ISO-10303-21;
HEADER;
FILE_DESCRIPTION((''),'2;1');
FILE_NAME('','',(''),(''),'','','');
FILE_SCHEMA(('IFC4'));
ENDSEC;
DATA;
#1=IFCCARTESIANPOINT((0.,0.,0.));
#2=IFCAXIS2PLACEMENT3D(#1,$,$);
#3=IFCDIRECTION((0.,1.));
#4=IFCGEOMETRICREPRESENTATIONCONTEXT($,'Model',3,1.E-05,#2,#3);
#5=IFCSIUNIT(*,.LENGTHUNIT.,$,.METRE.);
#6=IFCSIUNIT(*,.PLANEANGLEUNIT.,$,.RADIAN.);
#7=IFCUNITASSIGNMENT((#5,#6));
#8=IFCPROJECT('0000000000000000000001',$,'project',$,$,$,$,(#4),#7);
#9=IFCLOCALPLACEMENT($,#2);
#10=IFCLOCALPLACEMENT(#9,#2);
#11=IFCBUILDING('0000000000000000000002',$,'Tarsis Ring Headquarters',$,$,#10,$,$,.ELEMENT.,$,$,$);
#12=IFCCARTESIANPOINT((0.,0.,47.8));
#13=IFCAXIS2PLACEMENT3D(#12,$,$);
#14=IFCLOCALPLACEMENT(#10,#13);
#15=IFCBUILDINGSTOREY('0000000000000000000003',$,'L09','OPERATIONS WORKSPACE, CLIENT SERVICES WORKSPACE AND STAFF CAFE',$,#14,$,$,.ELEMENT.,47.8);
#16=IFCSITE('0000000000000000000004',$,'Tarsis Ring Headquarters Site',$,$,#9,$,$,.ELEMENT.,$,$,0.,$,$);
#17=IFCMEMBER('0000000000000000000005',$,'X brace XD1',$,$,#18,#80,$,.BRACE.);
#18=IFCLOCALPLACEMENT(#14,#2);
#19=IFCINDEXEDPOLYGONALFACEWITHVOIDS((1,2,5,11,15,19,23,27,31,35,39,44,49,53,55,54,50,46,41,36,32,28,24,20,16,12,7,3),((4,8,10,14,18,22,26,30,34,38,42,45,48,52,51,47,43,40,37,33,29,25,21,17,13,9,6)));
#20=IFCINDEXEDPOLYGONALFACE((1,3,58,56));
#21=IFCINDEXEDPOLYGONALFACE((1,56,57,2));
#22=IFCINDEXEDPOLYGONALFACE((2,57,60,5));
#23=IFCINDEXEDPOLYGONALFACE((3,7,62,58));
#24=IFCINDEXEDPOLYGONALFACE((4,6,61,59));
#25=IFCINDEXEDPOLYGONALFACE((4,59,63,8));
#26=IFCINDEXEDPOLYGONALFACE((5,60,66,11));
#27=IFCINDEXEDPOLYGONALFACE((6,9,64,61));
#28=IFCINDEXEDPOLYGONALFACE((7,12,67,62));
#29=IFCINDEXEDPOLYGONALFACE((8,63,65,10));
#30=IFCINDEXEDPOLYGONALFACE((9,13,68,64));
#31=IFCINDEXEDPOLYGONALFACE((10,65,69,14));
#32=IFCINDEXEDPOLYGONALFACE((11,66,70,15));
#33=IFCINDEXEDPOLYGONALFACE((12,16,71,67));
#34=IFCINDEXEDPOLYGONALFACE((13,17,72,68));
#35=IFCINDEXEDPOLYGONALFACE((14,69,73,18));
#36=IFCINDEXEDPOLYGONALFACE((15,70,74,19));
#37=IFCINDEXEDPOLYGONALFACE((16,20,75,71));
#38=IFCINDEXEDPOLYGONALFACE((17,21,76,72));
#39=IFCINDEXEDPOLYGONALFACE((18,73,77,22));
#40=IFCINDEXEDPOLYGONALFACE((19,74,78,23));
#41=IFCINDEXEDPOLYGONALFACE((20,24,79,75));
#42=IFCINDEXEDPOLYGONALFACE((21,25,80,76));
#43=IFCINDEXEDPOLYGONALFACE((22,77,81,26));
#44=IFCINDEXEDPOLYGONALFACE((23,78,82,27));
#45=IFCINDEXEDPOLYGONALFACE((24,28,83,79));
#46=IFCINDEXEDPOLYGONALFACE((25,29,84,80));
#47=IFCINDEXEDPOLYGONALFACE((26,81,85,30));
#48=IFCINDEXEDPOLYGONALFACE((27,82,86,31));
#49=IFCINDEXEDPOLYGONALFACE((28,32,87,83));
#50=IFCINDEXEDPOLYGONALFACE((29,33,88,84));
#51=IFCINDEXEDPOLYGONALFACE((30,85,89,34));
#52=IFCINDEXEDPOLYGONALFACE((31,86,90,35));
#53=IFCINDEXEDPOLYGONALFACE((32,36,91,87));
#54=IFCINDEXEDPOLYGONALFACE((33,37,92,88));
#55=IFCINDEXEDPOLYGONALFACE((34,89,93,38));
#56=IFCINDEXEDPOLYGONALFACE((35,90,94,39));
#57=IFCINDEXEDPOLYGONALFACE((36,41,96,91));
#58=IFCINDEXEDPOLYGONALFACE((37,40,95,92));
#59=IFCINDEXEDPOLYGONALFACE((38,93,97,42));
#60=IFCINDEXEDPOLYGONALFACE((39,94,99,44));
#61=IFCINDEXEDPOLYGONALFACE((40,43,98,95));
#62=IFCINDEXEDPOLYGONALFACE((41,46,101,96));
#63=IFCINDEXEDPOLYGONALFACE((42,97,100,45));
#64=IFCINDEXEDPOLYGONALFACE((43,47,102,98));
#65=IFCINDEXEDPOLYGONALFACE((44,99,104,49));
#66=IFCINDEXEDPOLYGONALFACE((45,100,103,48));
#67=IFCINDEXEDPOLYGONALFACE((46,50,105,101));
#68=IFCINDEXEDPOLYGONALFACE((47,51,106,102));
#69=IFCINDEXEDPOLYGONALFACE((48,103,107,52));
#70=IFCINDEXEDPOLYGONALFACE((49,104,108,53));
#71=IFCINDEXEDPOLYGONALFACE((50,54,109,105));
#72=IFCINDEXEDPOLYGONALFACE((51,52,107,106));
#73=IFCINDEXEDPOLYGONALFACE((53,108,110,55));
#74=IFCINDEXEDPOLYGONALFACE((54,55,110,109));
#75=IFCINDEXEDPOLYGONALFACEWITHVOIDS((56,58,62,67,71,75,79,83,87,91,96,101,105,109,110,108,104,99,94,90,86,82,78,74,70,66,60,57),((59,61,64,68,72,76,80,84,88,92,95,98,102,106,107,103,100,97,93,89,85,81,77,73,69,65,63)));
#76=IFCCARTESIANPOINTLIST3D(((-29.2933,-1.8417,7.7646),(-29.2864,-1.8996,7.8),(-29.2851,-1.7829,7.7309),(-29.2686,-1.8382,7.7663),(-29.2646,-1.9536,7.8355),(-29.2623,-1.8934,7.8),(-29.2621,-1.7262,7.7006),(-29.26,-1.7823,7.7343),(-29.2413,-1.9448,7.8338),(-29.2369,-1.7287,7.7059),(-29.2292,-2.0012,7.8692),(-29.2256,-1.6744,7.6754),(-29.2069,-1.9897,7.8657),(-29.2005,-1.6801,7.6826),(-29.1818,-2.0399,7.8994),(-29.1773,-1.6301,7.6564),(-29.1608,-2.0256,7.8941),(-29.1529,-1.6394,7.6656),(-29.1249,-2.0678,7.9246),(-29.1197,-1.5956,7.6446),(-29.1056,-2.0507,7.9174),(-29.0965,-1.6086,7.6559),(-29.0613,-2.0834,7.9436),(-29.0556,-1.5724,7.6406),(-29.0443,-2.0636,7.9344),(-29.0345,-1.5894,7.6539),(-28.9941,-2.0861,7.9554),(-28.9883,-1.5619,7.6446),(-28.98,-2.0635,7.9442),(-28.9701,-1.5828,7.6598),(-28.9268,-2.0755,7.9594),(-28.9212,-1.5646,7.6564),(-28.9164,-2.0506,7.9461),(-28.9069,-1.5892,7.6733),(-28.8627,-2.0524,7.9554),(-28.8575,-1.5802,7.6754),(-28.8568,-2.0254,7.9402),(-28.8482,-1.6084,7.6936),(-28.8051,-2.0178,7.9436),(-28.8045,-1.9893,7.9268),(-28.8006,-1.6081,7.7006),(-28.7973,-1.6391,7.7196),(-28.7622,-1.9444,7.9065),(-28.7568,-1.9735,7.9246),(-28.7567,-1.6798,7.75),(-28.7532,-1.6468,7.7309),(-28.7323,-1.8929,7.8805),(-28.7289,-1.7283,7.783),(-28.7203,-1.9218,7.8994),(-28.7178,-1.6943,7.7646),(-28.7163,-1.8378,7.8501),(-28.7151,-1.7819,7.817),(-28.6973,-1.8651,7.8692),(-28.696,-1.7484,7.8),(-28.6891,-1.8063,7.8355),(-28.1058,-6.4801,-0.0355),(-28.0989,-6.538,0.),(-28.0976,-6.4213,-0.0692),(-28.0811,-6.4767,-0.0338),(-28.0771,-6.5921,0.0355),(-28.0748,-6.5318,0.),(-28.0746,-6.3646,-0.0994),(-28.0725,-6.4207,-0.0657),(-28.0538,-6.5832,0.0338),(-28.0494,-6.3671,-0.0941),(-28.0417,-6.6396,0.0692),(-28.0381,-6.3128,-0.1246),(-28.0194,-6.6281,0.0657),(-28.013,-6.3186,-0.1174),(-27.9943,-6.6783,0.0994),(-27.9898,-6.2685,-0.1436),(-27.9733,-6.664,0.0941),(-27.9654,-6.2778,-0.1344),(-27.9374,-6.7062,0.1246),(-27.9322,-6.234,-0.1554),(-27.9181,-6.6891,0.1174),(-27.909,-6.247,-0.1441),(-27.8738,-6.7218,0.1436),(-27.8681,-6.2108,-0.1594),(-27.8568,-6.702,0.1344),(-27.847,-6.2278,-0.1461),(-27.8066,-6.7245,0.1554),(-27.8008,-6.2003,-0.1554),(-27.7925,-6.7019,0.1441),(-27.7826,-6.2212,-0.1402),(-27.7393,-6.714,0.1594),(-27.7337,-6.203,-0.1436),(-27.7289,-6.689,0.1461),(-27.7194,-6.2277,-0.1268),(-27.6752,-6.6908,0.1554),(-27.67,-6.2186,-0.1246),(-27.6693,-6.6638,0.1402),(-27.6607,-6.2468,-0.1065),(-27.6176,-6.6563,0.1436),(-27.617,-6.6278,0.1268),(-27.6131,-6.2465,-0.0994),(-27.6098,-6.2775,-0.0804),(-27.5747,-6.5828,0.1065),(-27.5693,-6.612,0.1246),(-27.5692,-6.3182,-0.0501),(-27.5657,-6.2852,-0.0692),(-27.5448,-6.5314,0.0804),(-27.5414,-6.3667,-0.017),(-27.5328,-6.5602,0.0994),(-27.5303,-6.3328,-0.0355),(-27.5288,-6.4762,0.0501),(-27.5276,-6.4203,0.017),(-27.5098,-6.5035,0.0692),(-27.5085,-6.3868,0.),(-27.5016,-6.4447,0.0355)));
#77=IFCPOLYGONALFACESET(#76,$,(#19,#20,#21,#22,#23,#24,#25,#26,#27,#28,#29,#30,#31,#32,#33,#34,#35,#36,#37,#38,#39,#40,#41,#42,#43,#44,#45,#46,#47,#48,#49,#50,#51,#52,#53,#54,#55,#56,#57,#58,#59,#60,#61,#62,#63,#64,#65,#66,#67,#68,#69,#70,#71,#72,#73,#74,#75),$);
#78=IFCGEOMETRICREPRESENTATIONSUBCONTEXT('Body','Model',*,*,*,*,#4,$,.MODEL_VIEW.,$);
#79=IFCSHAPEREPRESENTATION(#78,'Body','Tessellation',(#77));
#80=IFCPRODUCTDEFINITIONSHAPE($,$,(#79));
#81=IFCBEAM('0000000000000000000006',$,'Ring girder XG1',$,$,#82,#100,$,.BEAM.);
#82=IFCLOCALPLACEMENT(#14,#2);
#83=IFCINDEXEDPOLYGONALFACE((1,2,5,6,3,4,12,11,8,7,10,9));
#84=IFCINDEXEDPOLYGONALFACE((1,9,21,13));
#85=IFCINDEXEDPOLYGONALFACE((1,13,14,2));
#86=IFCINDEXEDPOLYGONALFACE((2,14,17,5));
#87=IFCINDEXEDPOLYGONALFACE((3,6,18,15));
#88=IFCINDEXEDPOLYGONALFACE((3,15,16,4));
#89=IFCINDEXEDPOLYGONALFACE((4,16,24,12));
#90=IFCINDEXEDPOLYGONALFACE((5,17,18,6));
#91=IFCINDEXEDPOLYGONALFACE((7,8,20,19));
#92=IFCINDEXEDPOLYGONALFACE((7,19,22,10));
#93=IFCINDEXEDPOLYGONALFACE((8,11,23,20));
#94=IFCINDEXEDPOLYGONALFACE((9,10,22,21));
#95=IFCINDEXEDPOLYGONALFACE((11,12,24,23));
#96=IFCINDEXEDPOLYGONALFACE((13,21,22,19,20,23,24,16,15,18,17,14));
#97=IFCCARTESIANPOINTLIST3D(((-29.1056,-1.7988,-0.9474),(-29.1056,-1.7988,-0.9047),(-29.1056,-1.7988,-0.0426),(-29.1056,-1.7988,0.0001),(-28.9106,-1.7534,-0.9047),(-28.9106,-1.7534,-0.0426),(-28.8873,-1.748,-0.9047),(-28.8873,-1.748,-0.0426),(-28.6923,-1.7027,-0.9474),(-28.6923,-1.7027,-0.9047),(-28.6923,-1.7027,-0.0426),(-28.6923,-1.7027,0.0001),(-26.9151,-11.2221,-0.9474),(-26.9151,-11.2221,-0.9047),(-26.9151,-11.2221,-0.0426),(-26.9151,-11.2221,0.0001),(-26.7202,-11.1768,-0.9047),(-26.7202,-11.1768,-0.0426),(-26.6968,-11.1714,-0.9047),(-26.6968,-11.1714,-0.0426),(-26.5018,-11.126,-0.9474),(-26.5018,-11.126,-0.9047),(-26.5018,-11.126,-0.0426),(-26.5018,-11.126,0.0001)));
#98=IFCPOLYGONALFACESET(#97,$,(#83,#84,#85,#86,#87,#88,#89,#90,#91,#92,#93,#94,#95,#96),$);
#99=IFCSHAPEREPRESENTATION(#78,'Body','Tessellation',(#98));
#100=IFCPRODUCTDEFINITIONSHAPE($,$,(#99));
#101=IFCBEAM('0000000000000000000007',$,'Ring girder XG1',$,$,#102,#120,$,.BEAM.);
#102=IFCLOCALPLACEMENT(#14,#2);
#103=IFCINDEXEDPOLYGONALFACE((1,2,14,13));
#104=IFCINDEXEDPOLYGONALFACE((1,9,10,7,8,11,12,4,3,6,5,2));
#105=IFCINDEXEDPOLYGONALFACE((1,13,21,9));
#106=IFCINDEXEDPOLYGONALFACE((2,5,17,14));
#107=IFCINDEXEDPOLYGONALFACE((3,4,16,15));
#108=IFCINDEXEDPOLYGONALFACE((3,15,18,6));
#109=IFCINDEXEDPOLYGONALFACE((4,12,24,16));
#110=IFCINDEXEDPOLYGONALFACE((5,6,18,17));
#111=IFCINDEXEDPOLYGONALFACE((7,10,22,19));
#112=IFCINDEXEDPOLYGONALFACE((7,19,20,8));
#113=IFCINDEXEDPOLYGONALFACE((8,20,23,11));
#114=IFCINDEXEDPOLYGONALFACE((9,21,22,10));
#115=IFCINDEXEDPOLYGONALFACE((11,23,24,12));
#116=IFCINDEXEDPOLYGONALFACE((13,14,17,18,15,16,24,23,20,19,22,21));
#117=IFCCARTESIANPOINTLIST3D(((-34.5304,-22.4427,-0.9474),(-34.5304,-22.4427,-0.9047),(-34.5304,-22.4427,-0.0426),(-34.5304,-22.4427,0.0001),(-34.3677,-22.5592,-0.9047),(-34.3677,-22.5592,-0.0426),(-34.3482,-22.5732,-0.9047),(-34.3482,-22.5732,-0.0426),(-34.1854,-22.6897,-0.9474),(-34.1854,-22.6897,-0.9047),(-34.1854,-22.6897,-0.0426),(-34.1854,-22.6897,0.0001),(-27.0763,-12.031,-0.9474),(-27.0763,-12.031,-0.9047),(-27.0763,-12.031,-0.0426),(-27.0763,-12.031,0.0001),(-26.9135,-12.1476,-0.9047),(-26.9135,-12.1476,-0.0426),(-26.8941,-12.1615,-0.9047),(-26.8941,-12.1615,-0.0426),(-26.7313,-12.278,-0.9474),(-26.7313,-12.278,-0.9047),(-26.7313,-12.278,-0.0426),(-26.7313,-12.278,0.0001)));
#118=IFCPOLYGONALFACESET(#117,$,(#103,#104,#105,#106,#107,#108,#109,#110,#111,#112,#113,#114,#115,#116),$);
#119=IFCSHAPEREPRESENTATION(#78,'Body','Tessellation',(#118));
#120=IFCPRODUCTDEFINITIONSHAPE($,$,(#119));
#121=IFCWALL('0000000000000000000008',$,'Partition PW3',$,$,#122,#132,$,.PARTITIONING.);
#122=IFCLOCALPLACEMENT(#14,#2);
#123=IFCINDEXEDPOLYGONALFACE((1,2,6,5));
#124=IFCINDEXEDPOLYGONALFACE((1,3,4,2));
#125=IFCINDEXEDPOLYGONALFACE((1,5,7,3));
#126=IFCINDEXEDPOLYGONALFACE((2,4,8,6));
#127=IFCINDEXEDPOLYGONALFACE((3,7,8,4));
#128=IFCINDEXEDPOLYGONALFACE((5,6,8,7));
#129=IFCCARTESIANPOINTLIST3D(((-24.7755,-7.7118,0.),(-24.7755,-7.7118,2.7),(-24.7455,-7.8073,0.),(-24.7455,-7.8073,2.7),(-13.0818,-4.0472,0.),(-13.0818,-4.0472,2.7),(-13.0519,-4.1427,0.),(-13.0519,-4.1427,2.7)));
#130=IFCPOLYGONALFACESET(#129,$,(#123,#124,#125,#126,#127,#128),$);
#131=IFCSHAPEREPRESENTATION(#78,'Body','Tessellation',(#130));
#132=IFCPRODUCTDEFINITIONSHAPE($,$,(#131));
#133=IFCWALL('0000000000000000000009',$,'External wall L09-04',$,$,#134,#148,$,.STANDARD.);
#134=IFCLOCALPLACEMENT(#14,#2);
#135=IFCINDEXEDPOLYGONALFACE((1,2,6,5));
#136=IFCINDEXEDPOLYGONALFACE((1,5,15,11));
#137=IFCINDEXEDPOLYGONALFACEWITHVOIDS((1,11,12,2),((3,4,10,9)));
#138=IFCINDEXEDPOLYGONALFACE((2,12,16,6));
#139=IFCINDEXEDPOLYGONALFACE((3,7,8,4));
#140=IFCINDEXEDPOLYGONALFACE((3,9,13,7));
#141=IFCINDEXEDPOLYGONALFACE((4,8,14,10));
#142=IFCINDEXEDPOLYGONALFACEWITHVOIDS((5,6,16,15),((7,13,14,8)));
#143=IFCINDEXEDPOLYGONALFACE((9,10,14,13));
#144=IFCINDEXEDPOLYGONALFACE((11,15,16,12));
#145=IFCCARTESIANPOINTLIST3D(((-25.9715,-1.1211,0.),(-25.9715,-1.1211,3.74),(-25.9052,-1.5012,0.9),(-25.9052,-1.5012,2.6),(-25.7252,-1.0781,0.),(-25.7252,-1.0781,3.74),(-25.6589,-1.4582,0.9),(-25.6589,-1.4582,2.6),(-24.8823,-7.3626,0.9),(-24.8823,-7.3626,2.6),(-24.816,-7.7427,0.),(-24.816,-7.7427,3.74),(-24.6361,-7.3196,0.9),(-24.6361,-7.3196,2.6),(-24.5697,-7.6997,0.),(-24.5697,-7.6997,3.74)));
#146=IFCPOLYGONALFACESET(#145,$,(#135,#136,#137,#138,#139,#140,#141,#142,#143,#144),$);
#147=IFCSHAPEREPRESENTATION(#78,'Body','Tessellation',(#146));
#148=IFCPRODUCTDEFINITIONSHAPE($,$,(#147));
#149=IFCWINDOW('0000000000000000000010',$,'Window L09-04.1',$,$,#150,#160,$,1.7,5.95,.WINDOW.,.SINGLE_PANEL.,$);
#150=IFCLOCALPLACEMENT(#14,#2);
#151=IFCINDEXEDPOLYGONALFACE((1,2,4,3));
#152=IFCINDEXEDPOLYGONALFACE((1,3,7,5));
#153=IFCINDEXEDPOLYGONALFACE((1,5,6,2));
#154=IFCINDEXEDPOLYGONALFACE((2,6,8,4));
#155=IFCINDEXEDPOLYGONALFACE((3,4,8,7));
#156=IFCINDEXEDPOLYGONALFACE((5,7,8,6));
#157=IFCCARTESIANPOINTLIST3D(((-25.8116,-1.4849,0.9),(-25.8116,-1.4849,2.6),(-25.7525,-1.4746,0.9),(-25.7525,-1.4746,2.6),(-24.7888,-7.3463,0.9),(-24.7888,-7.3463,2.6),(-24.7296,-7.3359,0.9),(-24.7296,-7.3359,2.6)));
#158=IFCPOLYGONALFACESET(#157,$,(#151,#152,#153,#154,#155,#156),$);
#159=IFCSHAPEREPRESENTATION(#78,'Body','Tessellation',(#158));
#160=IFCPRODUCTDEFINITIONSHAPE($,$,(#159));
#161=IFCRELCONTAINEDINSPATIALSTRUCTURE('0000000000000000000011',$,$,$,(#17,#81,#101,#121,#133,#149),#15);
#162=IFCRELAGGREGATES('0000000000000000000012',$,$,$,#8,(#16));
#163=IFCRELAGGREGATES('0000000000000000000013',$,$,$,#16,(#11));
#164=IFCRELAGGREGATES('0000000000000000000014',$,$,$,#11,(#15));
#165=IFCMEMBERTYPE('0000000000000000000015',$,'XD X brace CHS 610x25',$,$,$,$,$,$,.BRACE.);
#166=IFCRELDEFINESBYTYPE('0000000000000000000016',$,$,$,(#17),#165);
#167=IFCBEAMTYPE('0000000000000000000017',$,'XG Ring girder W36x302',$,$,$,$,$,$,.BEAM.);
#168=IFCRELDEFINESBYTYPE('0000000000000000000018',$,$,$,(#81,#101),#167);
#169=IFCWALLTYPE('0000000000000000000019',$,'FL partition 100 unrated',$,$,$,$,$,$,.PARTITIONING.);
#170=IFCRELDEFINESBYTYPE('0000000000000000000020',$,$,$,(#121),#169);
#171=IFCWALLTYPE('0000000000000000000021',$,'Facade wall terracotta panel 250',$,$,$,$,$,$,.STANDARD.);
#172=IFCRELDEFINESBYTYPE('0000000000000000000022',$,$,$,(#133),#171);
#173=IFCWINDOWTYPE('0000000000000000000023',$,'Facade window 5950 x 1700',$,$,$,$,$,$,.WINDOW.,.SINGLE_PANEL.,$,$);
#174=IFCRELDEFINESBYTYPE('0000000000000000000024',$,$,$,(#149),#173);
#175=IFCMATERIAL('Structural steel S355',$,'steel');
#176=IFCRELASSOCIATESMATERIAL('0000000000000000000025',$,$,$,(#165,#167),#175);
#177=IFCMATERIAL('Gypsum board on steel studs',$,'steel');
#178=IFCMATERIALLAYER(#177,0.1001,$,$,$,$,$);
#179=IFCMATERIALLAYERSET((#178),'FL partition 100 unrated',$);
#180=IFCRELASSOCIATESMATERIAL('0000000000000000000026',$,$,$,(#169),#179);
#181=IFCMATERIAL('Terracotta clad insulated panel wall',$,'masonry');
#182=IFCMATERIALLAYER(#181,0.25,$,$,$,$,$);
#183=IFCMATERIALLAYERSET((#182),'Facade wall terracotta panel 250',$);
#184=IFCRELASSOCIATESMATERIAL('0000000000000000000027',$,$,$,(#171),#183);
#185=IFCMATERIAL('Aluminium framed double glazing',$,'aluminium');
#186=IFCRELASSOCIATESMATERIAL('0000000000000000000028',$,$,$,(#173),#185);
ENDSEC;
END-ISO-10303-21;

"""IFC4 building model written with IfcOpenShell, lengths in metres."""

from ifc_helpers import new_model, si_unit, direction, frame, frame_2d, origin, origin_2d, place, context, subcontext, project, spatial, rectangle, hollow_circle, i_section, extrude, material, layer, layer_set, material_profile, profile_set, type_object, element, fill, save


model = new_model("IFC4")

# Units and contexts
model_context = context("Model", 3, precision=1e-05, world=origin(), true_north=direction((0.0, 1.0)))
body_context = subcontext(model_context, "Body", "Model", "MODEL_VIEW")
ifc_project = project(units=[si_unit("LENGTHUNIT", "METRE"), si_unit("PLANEANGLEUNIT", "RADIAN")], contexts=[model_context])

# Site, building, storey
site_placement = place(None, origin())
site = spatial("IfcSite", under=ifc_project, at=site_placement, Name="Tarsis Ring Headquarters Site", CompositionType="ELEMENT", RefElevation=0.0)
building_placement = place(site_placement, origin())
building = spatial("IfcBuilding", under=site, at=building_placement, Name="Tarsis Ring Headquarters", CompositionType="ELEMENT")
storey_placement = place(building_placement, frame((0.0, 0.0, 47.8)))
storey = spatial("IfcBuildingStorey", under=building, at=storey_placement, Name="L09", Description="OPERATIONS WORKSPACE, CLIENT SERVICES WORKSPACE AND STAFF CAFE", CompositionType="ELEMENT", Elevation=47.8)

# Shared definitions
ifc_material_1 = material(Name="Structural steel S355", Category="steel")
ifc_material_profile_1 = material_profile(ifc_material_1, i_section(OverallWidth=0.4243, OverallDepth=0.9475, WebThickness=0.0239, FlangeThickness=0.0427, at=origin_2d()), Name="W36x302")
ifc_profile_set_1 = profile_set([ifc_material_profile_1], Name="Structural steel S355")

# Member
ifc_material_profile_2 = material_profile(ifc_material_1, hollow_circle(Radius=0.3047, WallThickness=0.0249, at=origin_2d()), Name="CHS 610x25")
ifc_profile_set_2 = profile_set([ifc_material_profile_2], Name="Structural steel S355")
member_type = type_object("IfcMemberType", Name="XD X brace CHS 610x25", PredefinedType="BRACE", material=ifc_profile_set_2)
member_1_placement = place(storey_placement, frame((-27.8037, -6.4624, 0.0), z_axis=(-0.129748, 0.506801, 0.852243), x_axis=(-0.968756, -0.248015, 0.0)))
element("IfcMember", 1, at=member_1_placement, inside=storey, type_object=member_type, Name="X brace XD1", PredefinedType="BRACE", context=body_context, shape_type="SweptSolid", body=[
    extrude(hollow_circle(Radius=0.3047, WallThickness=0.0249, at=origin_2d()), origin(), (0.0, 0.0, 1.0), 9.1523),
])

# Beams
beam_type_1 = type_object("IfcBeamType", Name="XG Ring girder W36x302", PredefinedType="BEAM", material=ifc_profile_set_1)
beam_1_placement = place(storey_placement, frame((-28.8989, -1.7507, -0.4736), z_axis=(0.226411, -0.974032, 0.0), x_axis=(0.974032, 0.226411, 0.0)))
element("IfcBeam", 2, at=beam_1_placement, inside=storey, type_object=beam_type_1, Name="Ring girder XG1", PredefinedType="BEAM", context=body_context, shape_type="SweptSolid", body=[
    extrude(i_section(OverallWidth=0.4243, OverallDepth=0.9475, WebThickness=0.0239, FlangeThickness=0.0427, at=origin_2d()), origin(), (0.0, 0.0, 1.0), 9.6746),
])
beam_2_placement = place(storey_placement, frame((-26.9038, -12.1545, -0.4736), z_axis=(-0.582129, -0.813097, 0.0), x_axis=(0.813097, -0.582129, 0.0)))
element("IfcBeam", 3, at=beam_2_placement, inside=storey, type_object=beam_type_1, Name="Ring girder XG1", PredefinedType="BEAM", context=body_context, shape_type="SweptSolid", body=[
    extrude(i_section(OverallWidth=0.4243, OverallDepth=0.9475, WebThickness=0.0239, FlangeThickness=0.0427, at=origin_2d()), origin(), (0.0, 0.0, 1.0), 12.8049),
])

# Wall
ifc_material_2 = material(Name="Gypsum board on steel studs", Category="steel")
ifc_layer_1 = layer(ifc_material_2, 0.1001)
ifc_layer_set_1 = layer_set([ifc_layer_1], Name="FL partition 100 unrated")
wall_type_1 = type_object("IfcWallType", Name="FL partition 100 unrated", PredefinedType="PARTITIONING", material=ifc_layer_set_1)
wall_1_placement = place(storey_placement, frame((-24.7605, -7.7595, 0.0), z_axis=(0.0, 0.0, 1.0), x_axis=(0.95424, 0.299041, 0.0)))
element("IfcWall", 4, at=wall_1_placement, inside=storey, type_object=wall_type_1, Name="Partition PW3", PredefinedType="PARTITIONING", context=body_context, shape_type="SweptSolid", body=[
    extrude(rectangle(XDim=12.2544, YDim=0.1001, at=frame_2d((6.1272, 0.0))), origin(), (0.0, 0.0, 1.0), 2.7),
])

# Wall, opening, window
ifc_material_3 = material(Name="Terracotta clad insulated panel wall", Category="masonry")
ifc_layer_2 = layer(ifc_material_3, 0.25)
ifc_layer_set_2 = layer_set([ifc_layer_2], Name="Facade wall terracotta panel 250")
wall_type_2 = type_object("IfcWallType", Name="Facade wall terracotta panel 250", PredefinedType="STANDARD", material=ifc_layer_set_2)
wall_2_placement = place(storey_placement, frame((-25.8484, -1.0996, 0.0), z_axis=(0.0, 0.0, 1.0), x_axis=(0.17191, -0.985113, 0.0)))
wall_2 = element("IfcWall", 5, at=wall_2_placement, inside=storey, type_object=wall_type_2, Name="External wall L09-04", PredefinedType="STANDARD", context=body_context, shape_type="SweptSolid", body=[
    extrude(rectangle(XDim=6.7217, YDim=0.25, at=frame_2d((3.3608, 0.0))), origin(), (0.0, 0.0, 1.0), 3.74),
])
opening_1_placement = place(wall_2_placement, frame((0.3857, 0.0, 0.8999)))
opening_1 = element("IfcOpeningElement", 6, at=opening_1_placement, cuts=wall_2, PredefinedType="OPENING", context=body_context, shape_type="SweptSolid", body=[
    extrude(rectangle(XDim=5.95, YDim=1.7, at=frame_2d((2.9751, 0.8501))), frame((0.0, 0.135, 0.0), z_axis=(0.0, -1.0, 0.0), x_axis=(1.0, 0.0, 0.0)), (0.0, 0.0, 1.0), 0.27),
])
ifc_material_4 = material(Name="Aluminium framed double glazing", Category="aluminium")
window_type_1 = type_object("IfcWindowType", Name="Facade window 5950 x 1700", PartitioningType="SINGLE_PANEL", PredefinedType="WINDOW", material=ifc_material_4)
window_1_placement = place(opening_1_placement, origin())
window_1 = element("IfcWindow", 7, at=window_1_placement, inside=storey, type_object=window_type_1, Name="Window L09-04.1", OverallHeight=1.7, OverallWidth=5.95, PartitioningType="SINGLE_PANEL", PredefinedType="WINDOW", context=body_context, shape_type="SweptSolid", body=[
    extrude(rectangle(XDim=5.95, YDim=1.7, at=frame_2d((2.9751, 0.8501))), frame((0.0, 0.03, 0.0), z_axis=(0.0, -1.0, 0.0), x_axis=(1.0, 0.0, 0.0)), (0.0, 0.0, 1.0), 0.0601),
])
fill(opening_1, window_1)

save(model, "model.ifc")
